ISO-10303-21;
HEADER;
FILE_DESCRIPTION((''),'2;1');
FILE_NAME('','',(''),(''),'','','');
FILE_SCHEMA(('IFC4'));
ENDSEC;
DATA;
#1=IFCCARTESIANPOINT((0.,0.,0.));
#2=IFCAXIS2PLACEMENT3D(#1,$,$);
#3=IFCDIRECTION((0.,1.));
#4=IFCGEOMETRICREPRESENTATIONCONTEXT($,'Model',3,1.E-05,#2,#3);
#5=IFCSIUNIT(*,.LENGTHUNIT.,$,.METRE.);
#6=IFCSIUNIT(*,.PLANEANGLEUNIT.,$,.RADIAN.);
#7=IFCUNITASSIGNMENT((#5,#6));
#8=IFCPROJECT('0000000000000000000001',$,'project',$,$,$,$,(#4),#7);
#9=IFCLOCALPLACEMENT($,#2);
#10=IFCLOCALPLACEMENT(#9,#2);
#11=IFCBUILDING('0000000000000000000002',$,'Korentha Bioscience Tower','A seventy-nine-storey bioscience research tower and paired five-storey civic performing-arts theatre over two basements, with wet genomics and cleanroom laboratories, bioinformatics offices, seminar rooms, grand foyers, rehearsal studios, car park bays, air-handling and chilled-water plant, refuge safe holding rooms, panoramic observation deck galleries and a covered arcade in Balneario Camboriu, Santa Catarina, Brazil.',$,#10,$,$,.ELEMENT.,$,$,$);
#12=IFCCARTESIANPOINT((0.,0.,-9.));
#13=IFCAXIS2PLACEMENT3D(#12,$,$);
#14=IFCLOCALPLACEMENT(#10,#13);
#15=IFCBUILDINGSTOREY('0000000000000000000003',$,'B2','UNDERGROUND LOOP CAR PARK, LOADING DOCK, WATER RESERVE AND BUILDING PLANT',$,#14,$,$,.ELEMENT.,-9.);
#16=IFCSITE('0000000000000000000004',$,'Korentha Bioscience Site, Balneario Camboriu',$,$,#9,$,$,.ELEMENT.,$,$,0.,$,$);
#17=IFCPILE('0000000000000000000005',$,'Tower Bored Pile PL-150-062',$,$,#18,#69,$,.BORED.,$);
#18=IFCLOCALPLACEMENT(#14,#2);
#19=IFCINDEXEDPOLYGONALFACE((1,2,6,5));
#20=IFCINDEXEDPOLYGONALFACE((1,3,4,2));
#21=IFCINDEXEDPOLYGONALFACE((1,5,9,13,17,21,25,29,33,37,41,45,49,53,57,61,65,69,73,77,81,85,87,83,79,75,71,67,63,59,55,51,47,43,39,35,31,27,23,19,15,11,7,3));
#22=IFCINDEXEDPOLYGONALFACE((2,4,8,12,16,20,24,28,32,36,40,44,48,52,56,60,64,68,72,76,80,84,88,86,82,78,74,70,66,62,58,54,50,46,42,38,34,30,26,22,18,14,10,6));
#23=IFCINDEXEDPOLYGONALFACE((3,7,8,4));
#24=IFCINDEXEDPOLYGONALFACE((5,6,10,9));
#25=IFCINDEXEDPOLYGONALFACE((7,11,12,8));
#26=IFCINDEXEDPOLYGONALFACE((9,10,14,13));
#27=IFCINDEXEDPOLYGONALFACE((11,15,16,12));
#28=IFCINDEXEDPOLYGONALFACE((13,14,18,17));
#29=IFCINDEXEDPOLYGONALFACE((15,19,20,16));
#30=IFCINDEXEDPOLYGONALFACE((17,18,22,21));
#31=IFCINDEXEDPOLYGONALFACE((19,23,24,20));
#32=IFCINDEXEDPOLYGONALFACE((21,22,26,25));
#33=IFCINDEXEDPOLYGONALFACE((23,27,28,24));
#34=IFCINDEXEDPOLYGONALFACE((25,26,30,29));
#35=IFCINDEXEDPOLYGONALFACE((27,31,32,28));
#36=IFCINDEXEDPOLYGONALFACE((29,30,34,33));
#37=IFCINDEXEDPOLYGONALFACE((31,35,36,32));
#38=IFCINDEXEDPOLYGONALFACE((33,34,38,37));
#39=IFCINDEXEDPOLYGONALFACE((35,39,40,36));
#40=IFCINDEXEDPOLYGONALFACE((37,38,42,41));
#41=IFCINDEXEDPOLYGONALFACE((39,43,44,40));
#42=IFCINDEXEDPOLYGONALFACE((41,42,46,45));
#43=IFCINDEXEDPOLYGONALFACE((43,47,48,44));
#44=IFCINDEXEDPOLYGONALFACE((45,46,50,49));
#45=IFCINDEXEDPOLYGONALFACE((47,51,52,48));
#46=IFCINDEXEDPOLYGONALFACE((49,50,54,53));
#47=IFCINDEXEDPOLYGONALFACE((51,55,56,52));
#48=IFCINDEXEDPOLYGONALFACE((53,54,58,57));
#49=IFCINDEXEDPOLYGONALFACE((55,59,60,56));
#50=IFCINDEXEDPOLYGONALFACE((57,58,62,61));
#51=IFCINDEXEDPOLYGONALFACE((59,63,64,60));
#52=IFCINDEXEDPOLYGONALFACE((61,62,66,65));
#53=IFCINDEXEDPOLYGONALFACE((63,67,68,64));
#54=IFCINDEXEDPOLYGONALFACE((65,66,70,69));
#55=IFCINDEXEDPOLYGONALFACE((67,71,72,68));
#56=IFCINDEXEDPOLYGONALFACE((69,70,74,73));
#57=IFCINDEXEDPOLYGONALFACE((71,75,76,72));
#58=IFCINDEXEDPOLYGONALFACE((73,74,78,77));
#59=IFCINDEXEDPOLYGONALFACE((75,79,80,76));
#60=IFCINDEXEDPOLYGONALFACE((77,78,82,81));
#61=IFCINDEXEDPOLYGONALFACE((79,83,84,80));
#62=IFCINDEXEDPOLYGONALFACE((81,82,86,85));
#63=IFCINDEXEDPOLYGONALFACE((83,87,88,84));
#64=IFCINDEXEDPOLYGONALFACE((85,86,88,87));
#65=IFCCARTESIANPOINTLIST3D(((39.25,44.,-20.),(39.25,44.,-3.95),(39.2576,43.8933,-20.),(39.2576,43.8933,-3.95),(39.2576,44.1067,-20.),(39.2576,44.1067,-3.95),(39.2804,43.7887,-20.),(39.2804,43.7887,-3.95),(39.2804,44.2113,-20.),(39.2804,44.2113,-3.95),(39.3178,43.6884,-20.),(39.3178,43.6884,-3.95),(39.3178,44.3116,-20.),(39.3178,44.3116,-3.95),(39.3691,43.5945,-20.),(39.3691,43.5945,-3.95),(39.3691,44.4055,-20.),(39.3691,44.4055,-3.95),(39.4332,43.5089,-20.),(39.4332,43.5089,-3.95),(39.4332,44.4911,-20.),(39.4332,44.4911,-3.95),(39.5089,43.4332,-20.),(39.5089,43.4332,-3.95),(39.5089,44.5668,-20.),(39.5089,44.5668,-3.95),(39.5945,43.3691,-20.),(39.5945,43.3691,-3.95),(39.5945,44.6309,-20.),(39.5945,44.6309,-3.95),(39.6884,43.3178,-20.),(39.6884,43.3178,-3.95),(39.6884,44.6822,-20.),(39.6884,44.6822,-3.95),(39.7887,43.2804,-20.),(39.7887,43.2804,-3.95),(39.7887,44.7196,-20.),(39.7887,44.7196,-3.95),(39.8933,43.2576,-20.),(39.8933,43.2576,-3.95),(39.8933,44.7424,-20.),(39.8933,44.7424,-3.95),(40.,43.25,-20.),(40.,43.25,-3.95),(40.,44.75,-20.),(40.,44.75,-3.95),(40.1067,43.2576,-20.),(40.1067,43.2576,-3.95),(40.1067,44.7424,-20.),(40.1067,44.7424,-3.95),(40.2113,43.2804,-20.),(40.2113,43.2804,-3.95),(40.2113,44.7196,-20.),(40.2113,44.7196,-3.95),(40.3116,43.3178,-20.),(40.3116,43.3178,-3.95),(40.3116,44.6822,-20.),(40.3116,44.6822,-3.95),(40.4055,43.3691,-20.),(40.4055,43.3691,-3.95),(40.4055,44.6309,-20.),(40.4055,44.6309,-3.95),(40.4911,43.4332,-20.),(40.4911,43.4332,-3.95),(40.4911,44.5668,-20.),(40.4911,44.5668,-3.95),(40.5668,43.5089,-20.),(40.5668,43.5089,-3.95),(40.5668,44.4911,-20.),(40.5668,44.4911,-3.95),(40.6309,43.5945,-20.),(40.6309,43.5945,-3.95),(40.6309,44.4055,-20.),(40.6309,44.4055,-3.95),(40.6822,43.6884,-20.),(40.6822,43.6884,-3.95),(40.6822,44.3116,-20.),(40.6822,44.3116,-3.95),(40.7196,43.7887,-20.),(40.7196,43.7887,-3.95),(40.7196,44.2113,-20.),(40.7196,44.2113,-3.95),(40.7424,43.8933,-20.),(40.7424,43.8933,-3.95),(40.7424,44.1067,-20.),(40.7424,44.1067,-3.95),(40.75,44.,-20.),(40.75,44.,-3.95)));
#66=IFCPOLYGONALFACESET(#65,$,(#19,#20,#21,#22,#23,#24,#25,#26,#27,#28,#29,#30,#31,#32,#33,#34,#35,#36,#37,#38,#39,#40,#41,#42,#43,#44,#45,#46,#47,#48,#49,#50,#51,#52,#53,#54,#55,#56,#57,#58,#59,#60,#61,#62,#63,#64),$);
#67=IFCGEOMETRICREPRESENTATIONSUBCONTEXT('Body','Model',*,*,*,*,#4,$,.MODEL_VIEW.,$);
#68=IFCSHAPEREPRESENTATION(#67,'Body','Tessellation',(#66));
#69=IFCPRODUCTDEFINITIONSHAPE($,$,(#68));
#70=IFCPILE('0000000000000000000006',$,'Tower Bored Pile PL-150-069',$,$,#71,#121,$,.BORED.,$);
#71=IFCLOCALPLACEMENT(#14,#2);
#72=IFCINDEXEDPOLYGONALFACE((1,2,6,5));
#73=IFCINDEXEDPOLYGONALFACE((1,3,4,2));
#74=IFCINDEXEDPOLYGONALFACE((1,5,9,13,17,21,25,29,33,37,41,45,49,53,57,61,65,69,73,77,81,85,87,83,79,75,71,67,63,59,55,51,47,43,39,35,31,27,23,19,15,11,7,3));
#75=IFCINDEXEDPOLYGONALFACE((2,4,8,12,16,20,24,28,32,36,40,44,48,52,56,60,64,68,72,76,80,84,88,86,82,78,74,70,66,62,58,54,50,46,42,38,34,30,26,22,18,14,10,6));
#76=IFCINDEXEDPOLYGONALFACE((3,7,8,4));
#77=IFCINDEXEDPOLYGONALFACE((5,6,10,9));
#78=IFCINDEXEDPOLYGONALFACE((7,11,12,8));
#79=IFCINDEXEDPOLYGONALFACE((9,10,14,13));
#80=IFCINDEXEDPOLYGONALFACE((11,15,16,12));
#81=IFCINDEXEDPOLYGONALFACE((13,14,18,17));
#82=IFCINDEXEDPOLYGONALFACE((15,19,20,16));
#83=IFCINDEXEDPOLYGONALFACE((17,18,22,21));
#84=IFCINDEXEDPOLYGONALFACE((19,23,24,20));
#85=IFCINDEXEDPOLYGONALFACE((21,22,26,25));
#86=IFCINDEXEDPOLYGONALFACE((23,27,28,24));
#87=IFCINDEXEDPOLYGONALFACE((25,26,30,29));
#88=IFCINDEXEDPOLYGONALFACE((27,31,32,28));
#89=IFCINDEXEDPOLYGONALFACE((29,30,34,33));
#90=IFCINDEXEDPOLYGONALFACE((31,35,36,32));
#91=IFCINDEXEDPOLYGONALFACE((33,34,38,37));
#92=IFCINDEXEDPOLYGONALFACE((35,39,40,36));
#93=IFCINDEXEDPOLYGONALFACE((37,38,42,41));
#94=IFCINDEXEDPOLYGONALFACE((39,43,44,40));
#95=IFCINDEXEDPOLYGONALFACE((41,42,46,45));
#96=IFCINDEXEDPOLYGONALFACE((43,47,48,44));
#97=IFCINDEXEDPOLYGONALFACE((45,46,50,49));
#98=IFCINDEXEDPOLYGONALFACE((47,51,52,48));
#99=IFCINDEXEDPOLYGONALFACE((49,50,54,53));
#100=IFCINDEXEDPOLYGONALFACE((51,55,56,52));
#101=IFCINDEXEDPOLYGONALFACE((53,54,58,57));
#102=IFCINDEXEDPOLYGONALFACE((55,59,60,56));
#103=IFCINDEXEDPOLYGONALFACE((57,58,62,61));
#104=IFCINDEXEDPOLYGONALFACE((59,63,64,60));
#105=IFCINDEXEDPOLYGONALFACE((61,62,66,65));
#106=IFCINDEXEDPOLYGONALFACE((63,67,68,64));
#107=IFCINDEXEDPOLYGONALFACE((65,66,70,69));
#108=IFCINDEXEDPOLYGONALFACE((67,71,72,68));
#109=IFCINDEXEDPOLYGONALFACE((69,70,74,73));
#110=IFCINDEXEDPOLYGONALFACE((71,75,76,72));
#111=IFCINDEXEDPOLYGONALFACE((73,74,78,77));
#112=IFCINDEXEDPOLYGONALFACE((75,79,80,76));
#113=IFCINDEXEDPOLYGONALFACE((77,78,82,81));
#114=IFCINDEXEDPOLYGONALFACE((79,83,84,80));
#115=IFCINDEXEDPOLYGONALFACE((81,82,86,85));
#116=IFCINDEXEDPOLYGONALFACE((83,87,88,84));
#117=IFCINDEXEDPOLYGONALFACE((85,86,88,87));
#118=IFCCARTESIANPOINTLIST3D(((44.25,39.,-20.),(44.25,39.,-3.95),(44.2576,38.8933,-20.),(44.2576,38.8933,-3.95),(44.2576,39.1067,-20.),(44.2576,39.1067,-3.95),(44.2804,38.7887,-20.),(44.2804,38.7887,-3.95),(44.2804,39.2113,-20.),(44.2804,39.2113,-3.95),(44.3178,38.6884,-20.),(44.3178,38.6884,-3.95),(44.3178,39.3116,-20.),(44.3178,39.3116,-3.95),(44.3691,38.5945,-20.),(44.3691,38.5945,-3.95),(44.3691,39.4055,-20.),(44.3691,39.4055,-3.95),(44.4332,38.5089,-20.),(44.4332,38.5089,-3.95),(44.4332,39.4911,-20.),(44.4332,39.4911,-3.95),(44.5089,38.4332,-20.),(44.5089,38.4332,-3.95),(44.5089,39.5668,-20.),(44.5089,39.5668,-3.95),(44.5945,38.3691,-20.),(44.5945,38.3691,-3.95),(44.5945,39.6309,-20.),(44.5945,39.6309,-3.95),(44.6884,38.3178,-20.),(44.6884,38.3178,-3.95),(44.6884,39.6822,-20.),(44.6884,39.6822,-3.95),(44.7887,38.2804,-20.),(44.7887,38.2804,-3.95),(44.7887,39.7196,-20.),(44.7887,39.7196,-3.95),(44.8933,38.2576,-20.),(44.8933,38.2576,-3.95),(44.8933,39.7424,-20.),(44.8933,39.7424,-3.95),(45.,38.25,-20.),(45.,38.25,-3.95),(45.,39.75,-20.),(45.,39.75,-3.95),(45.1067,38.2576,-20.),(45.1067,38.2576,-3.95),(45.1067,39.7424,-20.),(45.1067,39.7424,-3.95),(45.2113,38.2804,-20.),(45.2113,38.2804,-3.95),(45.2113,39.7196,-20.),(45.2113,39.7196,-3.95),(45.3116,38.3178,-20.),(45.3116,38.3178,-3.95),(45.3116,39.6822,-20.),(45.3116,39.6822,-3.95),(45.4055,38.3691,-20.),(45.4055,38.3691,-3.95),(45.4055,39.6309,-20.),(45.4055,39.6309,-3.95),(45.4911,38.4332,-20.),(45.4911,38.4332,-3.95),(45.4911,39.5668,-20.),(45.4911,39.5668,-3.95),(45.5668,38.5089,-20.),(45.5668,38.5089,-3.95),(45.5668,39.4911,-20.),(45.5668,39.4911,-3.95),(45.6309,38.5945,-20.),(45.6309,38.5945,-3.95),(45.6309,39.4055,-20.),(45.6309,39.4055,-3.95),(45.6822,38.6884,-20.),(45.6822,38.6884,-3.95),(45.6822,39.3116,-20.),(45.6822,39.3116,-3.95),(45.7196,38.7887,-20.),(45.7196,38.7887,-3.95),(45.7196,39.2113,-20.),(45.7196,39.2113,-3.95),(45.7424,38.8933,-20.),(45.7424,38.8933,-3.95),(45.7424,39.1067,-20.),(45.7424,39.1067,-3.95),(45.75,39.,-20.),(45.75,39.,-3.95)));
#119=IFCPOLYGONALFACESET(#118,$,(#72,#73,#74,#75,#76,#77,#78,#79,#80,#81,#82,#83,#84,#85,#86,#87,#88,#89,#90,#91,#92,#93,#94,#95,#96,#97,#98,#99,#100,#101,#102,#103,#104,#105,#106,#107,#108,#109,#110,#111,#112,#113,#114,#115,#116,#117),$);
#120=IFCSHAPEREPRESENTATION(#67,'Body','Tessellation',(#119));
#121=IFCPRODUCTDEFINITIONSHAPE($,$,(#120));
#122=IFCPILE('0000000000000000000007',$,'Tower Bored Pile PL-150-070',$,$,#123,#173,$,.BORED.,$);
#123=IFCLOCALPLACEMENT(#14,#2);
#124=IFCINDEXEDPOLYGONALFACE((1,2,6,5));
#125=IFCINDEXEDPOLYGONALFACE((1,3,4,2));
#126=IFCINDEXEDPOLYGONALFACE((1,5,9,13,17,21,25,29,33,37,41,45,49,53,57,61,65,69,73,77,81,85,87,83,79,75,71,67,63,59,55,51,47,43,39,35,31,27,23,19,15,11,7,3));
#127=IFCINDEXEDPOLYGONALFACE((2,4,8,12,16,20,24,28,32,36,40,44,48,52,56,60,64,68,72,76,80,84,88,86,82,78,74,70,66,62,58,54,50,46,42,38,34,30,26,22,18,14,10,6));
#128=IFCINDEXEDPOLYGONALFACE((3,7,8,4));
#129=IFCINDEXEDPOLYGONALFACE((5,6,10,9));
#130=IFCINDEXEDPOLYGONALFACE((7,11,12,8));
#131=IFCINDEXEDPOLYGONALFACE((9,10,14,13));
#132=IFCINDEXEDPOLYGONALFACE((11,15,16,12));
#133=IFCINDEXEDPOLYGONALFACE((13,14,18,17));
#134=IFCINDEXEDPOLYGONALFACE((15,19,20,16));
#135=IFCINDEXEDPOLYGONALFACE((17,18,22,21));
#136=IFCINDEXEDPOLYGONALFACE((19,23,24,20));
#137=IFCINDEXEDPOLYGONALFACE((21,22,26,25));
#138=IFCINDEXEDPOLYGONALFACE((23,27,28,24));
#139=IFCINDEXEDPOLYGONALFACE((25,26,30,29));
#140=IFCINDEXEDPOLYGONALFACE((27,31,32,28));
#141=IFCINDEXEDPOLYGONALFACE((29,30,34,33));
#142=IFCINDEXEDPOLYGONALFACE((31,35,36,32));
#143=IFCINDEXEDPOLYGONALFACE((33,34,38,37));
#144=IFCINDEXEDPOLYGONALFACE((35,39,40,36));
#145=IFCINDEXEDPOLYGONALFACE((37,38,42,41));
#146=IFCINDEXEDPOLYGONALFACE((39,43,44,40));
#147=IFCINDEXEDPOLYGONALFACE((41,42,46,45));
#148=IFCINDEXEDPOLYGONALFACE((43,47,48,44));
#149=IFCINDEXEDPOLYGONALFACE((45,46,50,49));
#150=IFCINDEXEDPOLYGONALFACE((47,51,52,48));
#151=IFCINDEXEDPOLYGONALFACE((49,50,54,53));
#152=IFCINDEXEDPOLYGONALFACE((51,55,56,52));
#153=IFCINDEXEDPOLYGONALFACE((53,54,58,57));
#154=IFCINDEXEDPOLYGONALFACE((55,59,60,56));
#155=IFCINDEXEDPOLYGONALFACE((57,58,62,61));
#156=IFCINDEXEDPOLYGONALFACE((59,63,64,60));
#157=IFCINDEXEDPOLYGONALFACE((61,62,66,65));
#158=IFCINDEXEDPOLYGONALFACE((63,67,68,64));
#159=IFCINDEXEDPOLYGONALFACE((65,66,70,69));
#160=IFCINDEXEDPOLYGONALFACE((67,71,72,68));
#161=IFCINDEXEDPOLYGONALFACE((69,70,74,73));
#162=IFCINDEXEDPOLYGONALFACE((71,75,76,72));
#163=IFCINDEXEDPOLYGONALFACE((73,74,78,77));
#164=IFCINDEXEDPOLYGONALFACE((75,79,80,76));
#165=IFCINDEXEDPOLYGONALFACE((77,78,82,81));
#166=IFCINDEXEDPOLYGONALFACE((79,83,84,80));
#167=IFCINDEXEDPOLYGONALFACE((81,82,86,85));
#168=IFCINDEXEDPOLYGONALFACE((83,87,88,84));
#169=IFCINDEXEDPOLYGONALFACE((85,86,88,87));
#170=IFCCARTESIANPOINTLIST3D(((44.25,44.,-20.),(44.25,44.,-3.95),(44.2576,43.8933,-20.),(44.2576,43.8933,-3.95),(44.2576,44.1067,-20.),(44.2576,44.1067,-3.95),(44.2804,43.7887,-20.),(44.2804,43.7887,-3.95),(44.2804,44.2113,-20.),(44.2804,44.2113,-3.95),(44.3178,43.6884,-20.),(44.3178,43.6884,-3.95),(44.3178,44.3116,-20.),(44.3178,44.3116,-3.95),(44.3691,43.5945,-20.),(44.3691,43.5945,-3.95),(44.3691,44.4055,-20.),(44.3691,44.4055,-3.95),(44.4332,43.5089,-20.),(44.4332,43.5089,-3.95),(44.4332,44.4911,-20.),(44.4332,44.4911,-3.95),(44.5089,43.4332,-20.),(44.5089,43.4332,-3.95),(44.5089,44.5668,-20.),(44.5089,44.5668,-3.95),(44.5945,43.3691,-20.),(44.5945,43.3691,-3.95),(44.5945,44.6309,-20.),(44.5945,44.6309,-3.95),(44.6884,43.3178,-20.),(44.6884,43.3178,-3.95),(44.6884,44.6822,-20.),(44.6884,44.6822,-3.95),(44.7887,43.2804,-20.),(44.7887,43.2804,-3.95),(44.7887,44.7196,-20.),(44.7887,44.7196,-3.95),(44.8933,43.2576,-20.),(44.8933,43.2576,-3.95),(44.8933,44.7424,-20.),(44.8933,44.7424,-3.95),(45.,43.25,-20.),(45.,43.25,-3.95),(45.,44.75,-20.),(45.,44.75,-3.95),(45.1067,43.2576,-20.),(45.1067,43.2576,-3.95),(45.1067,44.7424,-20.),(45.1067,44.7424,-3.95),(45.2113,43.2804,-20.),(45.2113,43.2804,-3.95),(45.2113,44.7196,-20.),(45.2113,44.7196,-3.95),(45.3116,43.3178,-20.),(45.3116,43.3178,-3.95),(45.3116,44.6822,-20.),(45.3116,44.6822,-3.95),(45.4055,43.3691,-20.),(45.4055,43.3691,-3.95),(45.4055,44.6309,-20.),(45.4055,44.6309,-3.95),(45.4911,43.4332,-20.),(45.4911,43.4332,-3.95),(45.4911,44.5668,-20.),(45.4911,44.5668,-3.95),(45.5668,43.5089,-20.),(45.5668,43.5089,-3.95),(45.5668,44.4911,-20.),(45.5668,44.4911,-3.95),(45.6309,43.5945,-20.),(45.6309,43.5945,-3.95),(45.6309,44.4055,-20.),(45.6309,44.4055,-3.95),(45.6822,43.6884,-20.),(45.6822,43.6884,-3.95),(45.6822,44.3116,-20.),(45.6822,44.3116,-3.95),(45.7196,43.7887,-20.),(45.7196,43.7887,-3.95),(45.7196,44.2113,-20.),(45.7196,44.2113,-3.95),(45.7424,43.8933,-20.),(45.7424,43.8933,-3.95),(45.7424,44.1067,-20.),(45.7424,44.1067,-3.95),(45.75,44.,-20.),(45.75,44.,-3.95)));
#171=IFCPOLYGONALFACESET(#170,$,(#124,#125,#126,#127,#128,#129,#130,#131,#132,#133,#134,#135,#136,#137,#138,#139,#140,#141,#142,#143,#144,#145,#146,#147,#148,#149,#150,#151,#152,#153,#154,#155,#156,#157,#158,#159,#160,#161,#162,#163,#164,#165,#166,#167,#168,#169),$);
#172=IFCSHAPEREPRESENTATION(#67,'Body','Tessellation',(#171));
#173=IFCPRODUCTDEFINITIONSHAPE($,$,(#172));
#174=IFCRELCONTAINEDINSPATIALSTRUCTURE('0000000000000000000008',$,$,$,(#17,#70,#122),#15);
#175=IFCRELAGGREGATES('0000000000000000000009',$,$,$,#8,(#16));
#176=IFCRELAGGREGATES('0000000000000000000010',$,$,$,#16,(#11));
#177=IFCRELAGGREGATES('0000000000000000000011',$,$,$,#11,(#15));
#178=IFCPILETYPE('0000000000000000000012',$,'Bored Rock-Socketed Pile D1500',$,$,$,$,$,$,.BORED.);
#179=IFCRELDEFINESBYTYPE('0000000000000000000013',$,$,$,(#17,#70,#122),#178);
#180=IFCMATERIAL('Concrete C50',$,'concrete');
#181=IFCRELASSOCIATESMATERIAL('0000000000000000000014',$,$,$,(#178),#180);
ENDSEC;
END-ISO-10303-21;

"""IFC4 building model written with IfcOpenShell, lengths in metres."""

from ifc_helpers import new_model, si_unit, direction, frame, origin, origin_2d, place, context, subcontext, project, spatial, circle, extrude, material, material_profile, profile_set, type_object, element, save


model = new_model("IFC4")

# Units and contexts
model_context = context("Model", 3, precision=1e-05, world=origin(), true_north=direction((0.0, 1.0)))
body_context = subcontext(model_context, "Body", "Model", "MODEL_VIEW")
ifc_project = project(units=[si_unit("LENGTHUNIT", "METRE"), si_unit("PLANEANGLEUNIT", "RADIAN")], contexts=[model_context])

# Site, building, storey
site_placement = place(None, origin())
site = spatial("IfcSite", under=ifc_project, at=site_placement, Name="Korentha Bioscience Site, Balneario Camboriu", CompositionType="ELEMENT", RefElevation=0.0)
building_placement = place(site_placement, origin())
building = spatial("IfcBuilding", under=site, at=building_placement, Name="Korentha Bioscience Tower", Description="A seventy-nine-storey bioscience research tower and paired five-storey civic performing-arts theatre over two basements, with wet genomics and cleanroom laboratories, bioinformatics offices, seminar rooms, grand foyers, rehearsal studios, car park bays, air-handling and chilled-water plant, refuge safe holding rooms, panoramic observation deck galleries and a covered arcade in Balneario Camboriu, Santa Catarina, Brazil.", CompositionType="ELEMENT")
storey_placement = place(building_placement, frame((0.0, 0.0, -9.0)))
storey = spatial("IfcBuildingStorey", under=building, at=storey_placement, Name="B2", Description="UNDERGROUND LOOP CAR PARK, LOADING DOCK, WATER RESERVE AND BUILDING PLANT", CompositionType="ELEMENT", Elevation=-9.0)

# Shared definitions
ifc_material_1 = material(Name="Concrete C50", Category="concrete")

# Piles
ifc_material_profile_1 = material_profile(ifc_material_1, circle(Radius=0.75, at=origin_2d()), Name="Concrete C50")
ifc_profile_set_1 = profile_set([ifc_material_profile_1], Name="Concrete C50 (PL-150)")
pile_type = type_object("IfcPileType", Name="Bored Rock-Socketed Pile D1500", PredefinedType="BORED", material=ifc_profile_set_1)
for number, where, z_axis, x_axis, name in (
    (1, (40.0, 44.0, -3.95), (0.0, 0.0, -1.0), (1.0, 0.0, 0.0), "Tower Bored Pile PL-150-062"),
    (2, (45.0, 39.0, -3.95), (0.0, 0.0, -1.0), (1.0, 0.0, 0.0), "Tower Bored Pile PL-150-069"),
    (3, (45.0, 44.0, -3.95), (0.0, 0.0, -1.0), (1.0, 0.0, 0.0), "Tower Bored Pile PL-150-070"),
):
    element("IfcPile", number, at=place(storey_placement, frame(where, z_axis=z_axis, x_axis=x_axis)), inside=storey, type_object=pile_type, Name=name, PredefinedType="BORED", context=body_context, shape_type="SweptSolid", body=[
        extrude(circle(Radius=0.75, at=origin_2d()), origin(), (0.0, 0.0, 1.0), 16.05),
    ])

save(model, "model.ifc")
